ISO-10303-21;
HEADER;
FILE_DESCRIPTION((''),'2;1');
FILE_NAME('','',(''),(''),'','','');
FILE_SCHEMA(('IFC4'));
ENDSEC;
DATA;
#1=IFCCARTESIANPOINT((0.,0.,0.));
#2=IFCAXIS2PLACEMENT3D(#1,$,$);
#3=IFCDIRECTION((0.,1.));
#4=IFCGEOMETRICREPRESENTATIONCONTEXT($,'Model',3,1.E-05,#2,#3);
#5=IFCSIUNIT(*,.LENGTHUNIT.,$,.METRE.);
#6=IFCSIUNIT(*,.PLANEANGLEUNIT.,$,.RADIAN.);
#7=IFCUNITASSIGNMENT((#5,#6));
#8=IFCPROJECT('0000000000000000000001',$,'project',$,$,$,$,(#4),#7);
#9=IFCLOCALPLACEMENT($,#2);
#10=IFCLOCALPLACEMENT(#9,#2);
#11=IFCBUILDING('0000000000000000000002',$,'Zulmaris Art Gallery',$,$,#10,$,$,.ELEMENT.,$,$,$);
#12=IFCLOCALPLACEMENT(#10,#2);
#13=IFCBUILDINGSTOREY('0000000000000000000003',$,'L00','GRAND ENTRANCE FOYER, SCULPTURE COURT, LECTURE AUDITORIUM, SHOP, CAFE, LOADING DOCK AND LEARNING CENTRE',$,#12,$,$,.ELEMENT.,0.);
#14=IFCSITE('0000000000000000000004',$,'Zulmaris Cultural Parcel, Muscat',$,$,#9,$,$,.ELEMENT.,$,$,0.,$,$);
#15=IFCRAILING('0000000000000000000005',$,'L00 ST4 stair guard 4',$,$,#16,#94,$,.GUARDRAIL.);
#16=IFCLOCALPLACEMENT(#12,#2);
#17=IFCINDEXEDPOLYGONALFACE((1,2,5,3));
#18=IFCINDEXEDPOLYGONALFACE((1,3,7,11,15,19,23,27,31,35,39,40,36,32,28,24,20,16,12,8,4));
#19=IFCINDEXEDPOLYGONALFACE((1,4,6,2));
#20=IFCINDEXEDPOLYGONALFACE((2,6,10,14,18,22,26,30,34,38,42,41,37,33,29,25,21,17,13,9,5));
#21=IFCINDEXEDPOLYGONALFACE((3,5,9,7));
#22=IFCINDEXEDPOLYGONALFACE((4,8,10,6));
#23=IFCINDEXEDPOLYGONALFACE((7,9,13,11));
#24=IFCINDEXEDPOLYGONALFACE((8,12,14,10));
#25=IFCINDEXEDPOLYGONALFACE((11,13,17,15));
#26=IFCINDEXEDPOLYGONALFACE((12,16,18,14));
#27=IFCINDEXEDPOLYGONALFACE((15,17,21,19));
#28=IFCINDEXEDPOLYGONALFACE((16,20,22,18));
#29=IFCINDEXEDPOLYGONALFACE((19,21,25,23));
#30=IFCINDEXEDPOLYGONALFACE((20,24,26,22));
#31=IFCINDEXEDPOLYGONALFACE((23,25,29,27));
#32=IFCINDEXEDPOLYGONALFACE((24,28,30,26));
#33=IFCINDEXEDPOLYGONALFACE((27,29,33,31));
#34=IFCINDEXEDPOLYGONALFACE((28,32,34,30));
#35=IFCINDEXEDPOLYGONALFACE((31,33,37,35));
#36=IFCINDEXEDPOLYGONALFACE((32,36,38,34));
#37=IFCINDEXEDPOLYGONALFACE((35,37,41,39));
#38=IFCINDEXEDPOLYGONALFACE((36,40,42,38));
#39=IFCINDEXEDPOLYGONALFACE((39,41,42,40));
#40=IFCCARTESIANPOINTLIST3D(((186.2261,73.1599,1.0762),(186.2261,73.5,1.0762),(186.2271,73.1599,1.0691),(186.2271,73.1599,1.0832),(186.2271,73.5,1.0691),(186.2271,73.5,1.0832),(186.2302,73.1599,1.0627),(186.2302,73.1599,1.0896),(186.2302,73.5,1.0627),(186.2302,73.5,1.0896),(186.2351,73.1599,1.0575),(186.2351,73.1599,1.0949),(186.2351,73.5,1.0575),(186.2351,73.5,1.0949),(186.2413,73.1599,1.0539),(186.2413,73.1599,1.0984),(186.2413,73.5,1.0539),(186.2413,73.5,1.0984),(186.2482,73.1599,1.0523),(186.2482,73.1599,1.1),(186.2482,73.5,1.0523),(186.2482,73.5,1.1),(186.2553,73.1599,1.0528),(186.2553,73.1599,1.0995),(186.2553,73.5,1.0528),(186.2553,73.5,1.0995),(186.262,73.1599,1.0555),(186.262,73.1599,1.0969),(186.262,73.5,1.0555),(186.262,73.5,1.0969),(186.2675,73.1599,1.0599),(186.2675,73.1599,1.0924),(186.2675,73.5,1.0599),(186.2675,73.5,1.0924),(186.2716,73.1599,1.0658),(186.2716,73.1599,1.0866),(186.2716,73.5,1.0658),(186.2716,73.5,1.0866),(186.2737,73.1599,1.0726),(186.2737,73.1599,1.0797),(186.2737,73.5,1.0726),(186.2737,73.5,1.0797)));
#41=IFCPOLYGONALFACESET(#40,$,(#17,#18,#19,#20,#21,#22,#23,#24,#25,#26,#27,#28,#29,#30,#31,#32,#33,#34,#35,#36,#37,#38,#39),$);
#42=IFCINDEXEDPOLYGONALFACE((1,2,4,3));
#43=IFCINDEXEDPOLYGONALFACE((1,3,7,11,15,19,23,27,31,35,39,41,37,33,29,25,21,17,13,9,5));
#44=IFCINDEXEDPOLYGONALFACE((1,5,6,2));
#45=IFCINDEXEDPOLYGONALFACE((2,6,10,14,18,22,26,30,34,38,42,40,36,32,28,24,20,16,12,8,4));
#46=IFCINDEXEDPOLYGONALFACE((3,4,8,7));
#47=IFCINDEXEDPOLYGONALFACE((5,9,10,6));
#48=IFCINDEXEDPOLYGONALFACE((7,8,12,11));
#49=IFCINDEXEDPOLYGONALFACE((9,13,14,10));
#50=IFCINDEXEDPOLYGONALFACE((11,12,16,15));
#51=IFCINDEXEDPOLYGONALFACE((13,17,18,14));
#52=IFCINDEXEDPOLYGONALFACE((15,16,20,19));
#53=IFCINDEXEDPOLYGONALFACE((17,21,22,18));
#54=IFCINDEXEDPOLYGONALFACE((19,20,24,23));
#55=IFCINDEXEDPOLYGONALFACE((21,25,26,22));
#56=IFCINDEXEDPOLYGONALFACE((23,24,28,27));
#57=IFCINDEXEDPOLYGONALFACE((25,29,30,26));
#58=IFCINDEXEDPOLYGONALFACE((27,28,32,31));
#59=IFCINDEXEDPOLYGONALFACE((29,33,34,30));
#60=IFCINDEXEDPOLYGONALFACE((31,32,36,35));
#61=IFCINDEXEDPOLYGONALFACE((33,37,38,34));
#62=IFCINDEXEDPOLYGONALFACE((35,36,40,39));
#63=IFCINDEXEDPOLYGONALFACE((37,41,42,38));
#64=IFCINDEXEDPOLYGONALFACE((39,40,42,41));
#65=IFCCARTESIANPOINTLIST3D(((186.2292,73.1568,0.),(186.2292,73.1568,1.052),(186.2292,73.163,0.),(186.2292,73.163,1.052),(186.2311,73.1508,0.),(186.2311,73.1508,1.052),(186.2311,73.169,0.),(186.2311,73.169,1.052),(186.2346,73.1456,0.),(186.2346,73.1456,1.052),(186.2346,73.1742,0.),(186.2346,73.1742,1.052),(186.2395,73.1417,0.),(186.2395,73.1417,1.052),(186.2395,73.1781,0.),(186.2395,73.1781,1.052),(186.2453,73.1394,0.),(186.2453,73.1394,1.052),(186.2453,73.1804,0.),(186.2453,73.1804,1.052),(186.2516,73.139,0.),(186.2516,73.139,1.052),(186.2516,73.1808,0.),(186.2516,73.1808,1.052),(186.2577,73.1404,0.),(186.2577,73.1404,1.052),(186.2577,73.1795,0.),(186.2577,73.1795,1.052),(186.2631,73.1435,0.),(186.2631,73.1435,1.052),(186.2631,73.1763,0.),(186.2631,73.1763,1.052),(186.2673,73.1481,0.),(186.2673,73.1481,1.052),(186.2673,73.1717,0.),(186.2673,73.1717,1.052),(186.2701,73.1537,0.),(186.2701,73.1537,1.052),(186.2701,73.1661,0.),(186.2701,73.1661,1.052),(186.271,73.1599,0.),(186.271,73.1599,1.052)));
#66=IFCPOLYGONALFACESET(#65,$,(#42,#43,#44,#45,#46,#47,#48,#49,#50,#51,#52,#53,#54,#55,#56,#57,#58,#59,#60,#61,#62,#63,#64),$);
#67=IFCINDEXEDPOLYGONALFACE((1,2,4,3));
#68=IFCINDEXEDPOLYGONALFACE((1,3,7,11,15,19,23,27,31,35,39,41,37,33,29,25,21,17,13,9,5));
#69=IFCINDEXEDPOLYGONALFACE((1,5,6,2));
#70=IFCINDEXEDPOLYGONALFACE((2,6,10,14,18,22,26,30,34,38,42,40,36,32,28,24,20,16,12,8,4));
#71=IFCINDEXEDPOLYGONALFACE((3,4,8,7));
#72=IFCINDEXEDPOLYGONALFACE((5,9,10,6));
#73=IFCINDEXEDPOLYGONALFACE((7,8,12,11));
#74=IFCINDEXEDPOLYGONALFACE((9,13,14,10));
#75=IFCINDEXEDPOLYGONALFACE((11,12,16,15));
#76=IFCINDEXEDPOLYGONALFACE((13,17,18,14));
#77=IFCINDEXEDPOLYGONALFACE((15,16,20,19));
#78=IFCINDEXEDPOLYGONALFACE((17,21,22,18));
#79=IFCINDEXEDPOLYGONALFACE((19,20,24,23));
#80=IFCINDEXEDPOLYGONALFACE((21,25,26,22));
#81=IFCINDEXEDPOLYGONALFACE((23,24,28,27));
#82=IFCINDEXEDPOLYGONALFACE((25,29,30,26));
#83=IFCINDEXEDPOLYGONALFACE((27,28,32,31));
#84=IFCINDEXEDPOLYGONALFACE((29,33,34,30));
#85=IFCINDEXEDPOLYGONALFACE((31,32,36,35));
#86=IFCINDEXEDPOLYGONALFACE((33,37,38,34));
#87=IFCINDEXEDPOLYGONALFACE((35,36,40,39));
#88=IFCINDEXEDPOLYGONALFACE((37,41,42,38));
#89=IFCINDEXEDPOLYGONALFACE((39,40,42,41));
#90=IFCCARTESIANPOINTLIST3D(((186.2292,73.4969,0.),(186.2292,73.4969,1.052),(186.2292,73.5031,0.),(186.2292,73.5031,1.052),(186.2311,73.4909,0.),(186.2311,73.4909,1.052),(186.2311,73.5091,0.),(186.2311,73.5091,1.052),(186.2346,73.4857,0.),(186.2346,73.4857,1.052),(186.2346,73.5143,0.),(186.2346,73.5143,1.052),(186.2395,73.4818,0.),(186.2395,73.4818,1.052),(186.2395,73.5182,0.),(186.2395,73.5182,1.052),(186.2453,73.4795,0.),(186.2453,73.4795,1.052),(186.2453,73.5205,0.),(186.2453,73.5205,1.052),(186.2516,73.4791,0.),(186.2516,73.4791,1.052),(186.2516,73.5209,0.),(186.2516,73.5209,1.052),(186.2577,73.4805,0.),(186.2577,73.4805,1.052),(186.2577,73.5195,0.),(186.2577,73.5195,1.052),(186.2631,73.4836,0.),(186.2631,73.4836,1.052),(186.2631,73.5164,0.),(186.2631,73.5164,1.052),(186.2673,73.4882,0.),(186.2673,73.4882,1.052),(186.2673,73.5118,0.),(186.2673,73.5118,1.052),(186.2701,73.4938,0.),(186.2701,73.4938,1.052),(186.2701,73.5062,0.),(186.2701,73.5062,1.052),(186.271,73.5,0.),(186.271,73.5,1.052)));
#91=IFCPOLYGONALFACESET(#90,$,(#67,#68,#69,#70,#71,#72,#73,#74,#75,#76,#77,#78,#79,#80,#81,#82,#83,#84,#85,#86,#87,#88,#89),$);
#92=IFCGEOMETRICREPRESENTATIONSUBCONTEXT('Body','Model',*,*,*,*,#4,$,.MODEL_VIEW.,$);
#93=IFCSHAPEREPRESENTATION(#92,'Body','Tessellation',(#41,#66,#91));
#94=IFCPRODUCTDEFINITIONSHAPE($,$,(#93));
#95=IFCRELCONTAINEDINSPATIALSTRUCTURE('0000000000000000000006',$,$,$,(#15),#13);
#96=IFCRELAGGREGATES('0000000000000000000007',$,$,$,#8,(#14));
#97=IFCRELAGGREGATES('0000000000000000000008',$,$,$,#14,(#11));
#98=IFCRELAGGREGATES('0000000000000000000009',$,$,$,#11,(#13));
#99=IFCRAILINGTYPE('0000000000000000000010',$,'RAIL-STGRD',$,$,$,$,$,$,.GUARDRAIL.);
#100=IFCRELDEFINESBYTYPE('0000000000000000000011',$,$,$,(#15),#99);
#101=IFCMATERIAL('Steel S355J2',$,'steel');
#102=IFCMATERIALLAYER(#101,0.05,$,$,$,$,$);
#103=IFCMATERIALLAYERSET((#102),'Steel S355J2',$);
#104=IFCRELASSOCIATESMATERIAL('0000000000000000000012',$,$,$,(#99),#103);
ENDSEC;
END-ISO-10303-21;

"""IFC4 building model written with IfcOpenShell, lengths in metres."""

from ifc_helpers import new_model, si_unit, direction, frame, origin, origin_2d, place, context, subcontext, project, spatial, circle, extrude, material, layer, layer_set, type_object, element, save


model = new_model("IFC4")

# Units and contexts
model_context = context("Model", 3, precision=1e-05, world=origin(), true_north=direction((0.0, 1.0)))
body_context = subcontext(model_context, "Body", "Model", "MODEL_VIEW")
ifc_project = project(units=[si_unit("LENGTHUNIT", "METRE"), si_unit("PLANEANGLEUNIT", "RADIAN")], contexts=[model_context])

# Site, building, storey
site_placement = place(None, origin())
site = spatial("IfcSite", under=ifc_project, at=site_placement, Name="Zulmaris Cultural Parcel, Muscat", CompositionType="ELEMENT", RefElevation=0.0)
building_placement = place(site_placement, origin())
building = spatial("IfcBuilding", under=site, at=building_placement, Name="Zulmaris Art Gallery", CompositionType="ELEMENT")
storey_placement = place(building_placement, origin())
storey = spatial("IfcBuildingStorey", under=building, at=storey_placement, Name="L00", Description="GRAND ENTRANCE FOYER, SCULPTURE COURT, LECTURE AUDITORIUM, SHOP, CAFE, LOADING DOCK AND LEARNING CENTRE", CompositionType="ELEMENT", Elevation=0.0)

# Railing
ifc_material_1 = material(Name="Steel S355J2", Category="steel")
ifc_layer_1 = layer(ifc_material_1, 0.05)
ifc_layer_set_1 = layer_set([ifc_layer_1], Name="Steel S355J2")
railing_type_1 = type_object("IfcRailingType", Name="RAIL-STGRD", PredefinedType="GUARDRAIL", material=ifc_layer_set_1)
railing_1_placement = place(storey_placement, frame((186.25, 73.1599, 0.0)))
element("IfcRailing", 1, at=railing_1_placement, inside=storey, type_object=railing_type_1, Name="L00 ST4 stair guard 4", PredefinedType="GUARDRAIL", context=body_context, shape_type="SweptSolid", body=[
    extrude(circle(Radius=0.0239, at=origin_2d()), frame((0.0, 0.0, 1.0762), z_axis=(0.0, 1.0, 0.0), x_axis=(-1.0, 0.0, 0.0)), (0.0, 0.0, 1.0), 0.3401),
    extrude(circle(Radius=0.021, at=origin_2d()), origin(), (0.0, 0.0, 1.0), 1.052),
    extrude(circle(Radius=0.021, at=origin_2d()), frame((0.0, 0.3401, 0.0)), (0.0, 0.0, 1.0), 1.052),
])

save(model, "model.ifc")
